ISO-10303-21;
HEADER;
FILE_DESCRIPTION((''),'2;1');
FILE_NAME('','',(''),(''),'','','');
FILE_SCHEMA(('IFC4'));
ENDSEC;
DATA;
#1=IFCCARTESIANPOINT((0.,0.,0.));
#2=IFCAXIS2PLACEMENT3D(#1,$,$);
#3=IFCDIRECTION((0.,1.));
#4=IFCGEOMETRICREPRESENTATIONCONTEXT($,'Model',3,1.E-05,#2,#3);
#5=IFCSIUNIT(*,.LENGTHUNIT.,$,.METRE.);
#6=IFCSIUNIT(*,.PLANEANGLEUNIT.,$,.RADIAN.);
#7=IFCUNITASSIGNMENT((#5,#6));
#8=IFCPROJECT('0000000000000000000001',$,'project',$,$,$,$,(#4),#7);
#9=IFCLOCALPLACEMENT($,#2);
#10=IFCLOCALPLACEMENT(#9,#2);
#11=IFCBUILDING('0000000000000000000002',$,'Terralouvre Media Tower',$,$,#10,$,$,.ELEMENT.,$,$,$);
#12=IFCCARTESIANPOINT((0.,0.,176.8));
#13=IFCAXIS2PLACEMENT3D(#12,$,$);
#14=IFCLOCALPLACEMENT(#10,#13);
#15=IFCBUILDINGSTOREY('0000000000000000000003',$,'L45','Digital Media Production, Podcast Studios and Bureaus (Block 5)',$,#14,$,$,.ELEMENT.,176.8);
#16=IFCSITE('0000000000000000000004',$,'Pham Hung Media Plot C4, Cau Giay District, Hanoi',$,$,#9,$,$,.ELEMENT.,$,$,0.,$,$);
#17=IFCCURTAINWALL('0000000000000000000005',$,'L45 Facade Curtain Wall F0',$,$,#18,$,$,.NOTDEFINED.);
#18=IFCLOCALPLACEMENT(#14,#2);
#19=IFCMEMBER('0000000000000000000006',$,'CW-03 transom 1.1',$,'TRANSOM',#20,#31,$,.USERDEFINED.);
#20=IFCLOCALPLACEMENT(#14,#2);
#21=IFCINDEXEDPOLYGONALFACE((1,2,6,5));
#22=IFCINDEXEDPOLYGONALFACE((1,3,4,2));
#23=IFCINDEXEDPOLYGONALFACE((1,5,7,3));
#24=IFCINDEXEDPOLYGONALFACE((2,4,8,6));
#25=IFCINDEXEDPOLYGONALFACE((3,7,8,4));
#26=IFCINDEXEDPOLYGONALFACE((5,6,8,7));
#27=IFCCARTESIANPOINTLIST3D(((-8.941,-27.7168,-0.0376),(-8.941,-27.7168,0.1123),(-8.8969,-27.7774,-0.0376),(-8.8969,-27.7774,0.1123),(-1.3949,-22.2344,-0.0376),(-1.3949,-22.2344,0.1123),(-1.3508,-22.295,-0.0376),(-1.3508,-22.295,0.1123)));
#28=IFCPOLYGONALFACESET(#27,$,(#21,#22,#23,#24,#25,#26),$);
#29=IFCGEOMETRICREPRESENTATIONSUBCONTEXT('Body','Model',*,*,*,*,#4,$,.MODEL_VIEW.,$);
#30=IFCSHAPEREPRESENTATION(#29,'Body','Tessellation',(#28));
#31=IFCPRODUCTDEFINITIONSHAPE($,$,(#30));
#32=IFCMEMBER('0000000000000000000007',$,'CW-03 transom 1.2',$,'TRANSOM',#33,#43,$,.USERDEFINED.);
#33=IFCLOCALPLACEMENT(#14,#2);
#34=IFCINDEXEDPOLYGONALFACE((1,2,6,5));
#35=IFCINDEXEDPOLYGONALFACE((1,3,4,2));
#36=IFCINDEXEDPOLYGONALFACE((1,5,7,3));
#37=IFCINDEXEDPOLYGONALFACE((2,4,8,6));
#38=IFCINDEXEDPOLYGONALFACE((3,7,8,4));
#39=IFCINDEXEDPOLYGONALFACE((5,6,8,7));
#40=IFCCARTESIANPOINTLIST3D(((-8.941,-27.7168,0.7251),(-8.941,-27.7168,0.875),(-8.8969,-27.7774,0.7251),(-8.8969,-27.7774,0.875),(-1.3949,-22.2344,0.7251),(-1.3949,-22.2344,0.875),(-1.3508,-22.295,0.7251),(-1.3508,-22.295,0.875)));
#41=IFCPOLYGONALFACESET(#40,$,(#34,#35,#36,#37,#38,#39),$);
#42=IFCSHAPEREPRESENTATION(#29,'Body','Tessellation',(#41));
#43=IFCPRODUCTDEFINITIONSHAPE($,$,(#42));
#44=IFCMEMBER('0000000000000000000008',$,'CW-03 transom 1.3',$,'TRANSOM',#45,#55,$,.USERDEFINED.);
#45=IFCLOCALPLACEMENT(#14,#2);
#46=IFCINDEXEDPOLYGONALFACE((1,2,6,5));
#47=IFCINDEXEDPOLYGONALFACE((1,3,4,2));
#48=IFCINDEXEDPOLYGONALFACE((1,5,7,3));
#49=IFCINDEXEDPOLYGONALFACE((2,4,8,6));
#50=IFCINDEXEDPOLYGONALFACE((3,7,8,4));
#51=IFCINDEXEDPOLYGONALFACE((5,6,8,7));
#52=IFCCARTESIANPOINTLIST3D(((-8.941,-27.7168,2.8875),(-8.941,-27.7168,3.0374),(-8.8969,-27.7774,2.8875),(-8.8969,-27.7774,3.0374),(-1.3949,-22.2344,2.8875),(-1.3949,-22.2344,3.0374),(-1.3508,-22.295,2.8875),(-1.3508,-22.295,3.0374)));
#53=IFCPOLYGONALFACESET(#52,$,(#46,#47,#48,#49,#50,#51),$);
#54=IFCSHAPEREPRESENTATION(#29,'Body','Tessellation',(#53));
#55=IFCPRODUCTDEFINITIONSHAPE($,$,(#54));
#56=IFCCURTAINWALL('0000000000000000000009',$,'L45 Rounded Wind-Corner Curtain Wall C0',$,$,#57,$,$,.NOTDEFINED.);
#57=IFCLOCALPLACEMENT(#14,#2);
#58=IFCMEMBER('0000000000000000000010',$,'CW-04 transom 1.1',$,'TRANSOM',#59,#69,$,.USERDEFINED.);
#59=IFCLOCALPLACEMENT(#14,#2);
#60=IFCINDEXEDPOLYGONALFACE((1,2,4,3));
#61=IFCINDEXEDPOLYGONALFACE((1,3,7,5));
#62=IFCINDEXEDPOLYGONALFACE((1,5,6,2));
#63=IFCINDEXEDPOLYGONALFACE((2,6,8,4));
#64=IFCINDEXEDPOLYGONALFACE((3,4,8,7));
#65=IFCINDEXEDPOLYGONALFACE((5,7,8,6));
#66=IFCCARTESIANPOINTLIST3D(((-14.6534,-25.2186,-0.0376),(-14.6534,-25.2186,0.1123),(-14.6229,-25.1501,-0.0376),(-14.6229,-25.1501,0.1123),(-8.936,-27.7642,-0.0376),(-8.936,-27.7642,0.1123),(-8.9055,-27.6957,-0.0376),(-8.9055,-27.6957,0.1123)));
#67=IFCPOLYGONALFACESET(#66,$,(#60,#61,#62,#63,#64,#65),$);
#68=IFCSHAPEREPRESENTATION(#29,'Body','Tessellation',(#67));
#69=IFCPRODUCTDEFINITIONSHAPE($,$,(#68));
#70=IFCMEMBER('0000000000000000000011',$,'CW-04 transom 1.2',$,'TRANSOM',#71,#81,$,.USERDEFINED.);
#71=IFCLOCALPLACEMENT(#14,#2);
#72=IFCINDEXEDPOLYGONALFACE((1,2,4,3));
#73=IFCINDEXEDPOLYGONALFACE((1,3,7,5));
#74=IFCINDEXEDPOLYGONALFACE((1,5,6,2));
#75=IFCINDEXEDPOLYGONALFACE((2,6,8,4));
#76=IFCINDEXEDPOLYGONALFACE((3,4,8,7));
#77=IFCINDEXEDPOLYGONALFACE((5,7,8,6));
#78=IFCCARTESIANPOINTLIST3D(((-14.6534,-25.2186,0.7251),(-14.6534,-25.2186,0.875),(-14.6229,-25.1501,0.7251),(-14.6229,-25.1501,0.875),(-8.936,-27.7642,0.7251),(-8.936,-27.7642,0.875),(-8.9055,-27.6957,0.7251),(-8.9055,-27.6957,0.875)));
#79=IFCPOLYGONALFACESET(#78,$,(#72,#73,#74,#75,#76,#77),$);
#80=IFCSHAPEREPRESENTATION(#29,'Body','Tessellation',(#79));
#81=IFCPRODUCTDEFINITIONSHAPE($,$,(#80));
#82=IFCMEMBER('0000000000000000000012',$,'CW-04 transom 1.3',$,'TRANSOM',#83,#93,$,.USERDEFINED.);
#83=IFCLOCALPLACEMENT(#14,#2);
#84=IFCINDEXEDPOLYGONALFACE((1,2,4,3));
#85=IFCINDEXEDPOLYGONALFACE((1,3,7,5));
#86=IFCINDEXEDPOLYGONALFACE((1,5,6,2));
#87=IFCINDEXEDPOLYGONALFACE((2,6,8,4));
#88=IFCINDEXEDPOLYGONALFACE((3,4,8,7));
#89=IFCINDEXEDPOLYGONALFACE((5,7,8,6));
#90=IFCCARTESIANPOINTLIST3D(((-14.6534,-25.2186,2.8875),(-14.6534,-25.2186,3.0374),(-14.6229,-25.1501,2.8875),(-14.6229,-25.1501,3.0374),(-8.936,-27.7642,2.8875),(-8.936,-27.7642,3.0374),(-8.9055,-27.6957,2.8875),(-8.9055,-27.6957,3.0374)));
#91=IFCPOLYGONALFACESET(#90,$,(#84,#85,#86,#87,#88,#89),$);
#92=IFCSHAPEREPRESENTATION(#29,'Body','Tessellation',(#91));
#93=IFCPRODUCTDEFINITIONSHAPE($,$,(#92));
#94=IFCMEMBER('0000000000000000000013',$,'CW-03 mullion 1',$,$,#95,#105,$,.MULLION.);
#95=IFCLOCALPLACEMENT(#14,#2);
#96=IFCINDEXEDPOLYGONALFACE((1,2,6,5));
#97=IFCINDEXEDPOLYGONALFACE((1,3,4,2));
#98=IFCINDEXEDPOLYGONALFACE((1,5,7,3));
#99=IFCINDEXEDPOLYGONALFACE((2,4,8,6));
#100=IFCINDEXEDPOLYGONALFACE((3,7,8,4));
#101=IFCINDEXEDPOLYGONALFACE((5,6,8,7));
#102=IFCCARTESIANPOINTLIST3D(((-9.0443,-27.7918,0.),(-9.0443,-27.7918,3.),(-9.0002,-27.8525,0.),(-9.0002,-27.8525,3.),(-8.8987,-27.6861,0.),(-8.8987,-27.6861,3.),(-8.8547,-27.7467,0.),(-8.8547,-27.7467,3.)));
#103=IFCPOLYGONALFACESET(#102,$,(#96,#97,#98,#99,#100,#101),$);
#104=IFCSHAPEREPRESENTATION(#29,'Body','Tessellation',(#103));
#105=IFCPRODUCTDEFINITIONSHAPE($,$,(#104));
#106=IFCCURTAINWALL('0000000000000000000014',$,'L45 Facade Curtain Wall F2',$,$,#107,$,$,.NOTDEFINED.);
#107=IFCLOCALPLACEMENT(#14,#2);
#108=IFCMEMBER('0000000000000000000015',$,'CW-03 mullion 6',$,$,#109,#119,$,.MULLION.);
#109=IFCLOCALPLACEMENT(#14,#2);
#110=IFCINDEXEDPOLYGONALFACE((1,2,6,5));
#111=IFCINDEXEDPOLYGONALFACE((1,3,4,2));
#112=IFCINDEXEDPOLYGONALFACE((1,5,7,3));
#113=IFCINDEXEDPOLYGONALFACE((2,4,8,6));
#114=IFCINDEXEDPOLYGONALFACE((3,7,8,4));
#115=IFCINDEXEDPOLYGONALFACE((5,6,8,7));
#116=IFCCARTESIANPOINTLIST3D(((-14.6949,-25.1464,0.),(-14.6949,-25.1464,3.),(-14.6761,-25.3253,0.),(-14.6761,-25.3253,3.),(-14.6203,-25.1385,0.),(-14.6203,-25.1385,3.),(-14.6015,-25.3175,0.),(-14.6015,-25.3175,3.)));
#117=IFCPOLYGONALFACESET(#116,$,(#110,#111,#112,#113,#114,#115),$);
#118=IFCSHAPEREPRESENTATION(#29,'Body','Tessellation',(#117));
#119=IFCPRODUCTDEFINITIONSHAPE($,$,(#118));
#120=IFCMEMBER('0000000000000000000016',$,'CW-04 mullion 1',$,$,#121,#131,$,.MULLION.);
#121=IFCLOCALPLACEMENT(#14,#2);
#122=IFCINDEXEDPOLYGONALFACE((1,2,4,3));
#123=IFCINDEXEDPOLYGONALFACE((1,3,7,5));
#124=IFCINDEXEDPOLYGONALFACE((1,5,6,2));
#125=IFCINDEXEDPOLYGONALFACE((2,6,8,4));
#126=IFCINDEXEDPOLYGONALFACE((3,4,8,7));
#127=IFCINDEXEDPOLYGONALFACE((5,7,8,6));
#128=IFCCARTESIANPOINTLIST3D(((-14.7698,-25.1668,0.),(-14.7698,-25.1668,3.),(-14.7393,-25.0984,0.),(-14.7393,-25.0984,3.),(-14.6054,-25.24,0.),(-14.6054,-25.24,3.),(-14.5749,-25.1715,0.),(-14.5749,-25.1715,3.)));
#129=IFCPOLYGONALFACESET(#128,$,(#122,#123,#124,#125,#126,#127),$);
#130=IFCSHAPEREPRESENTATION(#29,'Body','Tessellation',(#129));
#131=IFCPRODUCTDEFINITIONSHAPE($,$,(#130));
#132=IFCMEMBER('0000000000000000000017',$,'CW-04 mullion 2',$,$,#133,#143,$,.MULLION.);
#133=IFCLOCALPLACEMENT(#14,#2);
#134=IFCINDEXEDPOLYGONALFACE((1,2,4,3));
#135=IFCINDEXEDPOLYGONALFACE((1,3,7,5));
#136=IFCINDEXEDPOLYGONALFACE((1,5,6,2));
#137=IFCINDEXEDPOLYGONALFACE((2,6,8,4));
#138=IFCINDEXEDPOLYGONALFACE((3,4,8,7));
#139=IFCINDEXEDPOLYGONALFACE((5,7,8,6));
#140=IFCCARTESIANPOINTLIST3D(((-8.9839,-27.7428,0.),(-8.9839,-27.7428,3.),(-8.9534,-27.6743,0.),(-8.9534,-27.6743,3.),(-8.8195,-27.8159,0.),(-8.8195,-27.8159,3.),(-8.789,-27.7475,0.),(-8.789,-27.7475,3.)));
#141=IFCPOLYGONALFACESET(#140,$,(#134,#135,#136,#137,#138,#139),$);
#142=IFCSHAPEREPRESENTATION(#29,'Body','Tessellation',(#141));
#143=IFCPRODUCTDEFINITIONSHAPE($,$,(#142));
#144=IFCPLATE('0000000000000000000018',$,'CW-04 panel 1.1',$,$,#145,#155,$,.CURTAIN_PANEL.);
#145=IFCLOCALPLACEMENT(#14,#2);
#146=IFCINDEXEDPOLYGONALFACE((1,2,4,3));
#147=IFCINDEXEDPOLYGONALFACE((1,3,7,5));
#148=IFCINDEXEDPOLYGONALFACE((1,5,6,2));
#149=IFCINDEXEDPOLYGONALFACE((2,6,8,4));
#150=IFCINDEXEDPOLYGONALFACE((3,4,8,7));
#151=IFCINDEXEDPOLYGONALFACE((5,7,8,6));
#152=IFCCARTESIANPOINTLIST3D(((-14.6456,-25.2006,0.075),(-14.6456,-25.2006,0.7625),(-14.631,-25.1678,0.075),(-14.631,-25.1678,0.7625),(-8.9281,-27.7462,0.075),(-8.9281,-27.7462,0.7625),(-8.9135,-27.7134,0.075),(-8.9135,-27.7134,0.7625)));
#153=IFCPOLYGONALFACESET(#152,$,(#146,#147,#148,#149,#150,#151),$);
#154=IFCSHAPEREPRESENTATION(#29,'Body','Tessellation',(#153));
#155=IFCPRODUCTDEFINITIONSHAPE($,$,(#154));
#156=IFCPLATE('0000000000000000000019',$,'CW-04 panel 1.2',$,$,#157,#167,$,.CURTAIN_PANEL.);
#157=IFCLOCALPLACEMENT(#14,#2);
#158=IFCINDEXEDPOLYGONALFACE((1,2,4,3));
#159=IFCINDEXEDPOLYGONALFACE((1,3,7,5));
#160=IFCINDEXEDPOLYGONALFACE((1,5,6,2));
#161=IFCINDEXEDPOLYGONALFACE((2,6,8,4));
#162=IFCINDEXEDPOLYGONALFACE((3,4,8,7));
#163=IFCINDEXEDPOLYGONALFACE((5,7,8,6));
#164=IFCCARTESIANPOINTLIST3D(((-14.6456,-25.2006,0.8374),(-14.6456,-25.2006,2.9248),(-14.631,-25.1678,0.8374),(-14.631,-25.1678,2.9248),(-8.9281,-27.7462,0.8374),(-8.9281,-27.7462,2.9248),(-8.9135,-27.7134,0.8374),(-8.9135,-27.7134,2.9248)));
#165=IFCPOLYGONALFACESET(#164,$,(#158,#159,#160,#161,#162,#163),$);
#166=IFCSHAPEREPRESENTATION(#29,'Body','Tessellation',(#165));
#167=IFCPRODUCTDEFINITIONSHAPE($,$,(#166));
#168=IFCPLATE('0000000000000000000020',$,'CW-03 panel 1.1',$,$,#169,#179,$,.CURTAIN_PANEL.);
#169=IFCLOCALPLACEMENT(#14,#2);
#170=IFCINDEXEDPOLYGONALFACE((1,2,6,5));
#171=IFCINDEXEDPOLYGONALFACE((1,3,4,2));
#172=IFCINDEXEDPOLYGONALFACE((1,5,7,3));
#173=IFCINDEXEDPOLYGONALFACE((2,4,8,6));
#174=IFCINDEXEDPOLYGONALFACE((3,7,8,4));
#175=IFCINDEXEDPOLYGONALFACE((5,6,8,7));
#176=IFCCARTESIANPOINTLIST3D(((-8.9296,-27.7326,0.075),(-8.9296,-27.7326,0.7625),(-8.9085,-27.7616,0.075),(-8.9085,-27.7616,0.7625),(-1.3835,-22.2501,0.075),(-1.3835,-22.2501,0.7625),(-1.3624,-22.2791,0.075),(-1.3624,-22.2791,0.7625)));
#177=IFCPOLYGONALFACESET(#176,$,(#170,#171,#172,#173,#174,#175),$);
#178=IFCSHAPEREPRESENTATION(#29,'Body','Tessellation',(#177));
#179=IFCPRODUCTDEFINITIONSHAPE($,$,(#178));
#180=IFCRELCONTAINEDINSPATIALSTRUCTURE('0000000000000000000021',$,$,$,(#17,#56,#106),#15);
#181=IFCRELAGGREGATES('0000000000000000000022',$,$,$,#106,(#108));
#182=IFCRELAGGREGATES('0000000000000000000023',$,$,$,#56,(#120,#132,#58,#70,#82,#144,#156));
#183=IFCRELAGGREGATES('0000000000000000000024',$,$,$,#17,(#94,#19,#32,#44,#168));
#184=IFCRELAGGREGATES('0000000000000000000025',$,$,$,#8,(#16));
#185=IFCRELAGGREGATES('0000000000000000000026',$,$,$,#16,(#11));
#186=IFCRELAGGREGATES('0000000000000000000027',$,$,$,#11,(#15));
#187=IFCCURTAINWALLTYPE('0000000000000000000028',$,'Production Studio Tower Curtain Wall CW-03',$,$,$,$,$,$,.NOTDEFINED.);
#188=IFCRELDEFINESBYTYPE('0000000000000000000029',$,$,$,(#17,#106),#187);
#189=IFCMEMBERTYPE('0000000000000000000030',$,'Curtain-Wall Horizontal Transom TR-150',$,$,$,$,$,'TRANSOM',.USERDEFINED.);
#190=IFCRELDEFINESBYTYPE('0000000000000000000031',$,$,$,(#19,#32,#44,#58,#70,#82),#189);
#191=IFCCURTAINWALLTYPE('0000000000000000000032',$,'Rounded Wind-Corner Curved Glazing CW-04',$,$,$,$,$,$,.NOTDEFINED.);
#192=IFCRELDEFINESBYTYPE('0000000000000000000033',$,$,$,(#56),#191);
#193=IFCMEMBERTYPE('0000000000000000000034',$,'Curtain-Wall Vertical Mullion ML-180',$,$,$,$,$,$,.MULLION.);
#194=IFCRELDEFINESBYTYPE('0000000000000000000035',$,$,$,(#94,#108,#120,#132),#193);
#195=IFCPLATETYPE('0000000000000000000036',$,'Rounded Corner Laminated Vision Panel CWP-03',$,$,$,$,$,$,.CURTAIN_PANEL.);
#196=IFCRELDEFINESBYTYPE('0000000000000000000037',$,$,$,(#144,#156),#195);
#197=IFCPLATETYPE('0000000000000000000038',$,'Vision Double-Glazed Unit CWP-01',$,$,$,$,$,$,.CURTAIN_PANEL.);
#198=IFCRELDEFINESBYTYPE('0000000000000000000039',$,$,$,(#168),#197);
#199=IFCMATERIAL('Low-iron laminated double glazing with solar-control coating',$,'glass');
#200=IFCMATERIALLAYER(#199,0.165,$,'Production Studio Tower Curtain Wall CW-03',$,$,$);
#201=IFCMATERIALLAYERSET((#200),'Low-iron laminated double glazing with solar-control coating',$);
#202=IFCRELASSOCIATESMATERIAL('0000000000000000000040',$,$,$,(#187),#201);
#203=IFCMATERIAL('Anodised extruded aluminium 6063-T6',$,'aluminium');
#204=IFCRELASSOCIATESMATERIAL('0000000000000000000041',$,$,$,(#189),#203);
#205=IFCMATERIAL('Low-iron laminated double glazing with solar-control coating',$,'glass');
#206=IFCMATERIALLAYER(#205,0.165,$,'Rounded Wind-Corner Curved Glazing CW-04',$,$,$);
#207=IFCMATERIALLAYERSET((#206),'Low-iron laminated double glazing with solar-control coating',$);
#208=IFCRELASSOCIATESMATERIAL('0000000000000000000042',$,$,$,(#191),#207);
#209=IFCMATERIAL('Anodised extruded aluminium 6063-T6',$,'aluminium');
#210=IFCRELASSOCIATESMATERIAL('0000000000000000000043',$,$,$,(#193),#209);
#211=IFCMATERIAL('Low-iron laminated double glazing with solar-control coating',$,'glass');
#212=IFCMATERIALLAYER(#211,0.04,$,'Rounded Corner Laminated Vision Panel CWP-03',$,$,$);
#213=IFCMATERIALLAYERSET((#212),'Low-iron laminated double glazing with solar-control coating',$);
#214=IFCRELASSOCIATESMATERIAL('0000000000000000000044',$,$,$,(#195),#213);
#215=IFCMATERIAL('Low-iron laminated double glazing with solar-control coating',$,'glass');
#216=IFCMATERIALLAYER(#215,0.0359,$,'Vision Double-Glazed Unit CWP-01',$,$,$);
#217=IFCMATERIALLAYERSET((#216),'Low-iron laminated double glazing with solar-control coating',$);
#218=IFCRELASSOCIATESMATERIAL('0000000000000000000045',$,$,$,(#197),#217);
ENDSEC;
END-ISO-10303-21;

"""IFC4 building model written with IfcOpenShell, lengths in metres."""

from ifc_helpers import new_model, si_unit, direction, frame, origin, origin_2d, place, context, subcontext, project, spatial, rectangle, extrude, material, layer, layer_set, material_profile, profile_set, type_object, element, aggregate, save


model = new_model("IFC4")

# Units and contexts
model_context = context("Model", 3, precision=1e-05, world=origin(), true_north=direction((0.0, 1.0)))
body_context = subcontext(model_context, "Body", "Model", "MODEL_VIEW")
ifc_project = project(units=[si_unit("LENGTHUNIT", "METRE"), si_unit("PLANEANGLEUNIT", "RADIAN")], contexts=[model_context])

# Site, building, storey
site_placement = place(None, origin())
site = spatial("IfcSite", under=ifc_project, at=site_placement, Name="Pham Hung Media Plot C4, Cau Giay District, Hanoi", CompositionType="ELEMENT", RefElevation=0.0)
building_placement = place(site_placement, origin())
building = spatial("IfcBuilding", under=site, at=building_placement, Name="Terralouvre Media Tower", CompositionType="ELEMENT")
storey_placement = place(building_placement, frame((0.0, 0.0, 176.8)))
storey = spatial("IfcBuildingStorey", under=building, at=storey_placement, Name="L45", Description="Digital Media Production, Podcast Studios and Bureaus (Block 5)", CompositionType="ELEMENT", Elevation=176.8)

# Curtain walls, members
ifc_material_1 = material(Name="Low-iron laminated double glazing with solar-control coating", Category="glass")
ifc_layer_1 = layer(ifc_material_1, 0.165, Name="Production Studio Tower Curtain Wall CW-03")
ifc_layer_set_1 = layer_set([ifc_layer_1], Name="Low-iron laminated double glazing with solar-control coating")
curtain_wall_type_1 = type_object("IfcCurtainWallType", Name="Production Studio Tower Curtain Wall CW-03", PredefinedType="NOTDEFINED", material=ifc_layer_set_1)
curtain_wall_1_placement = place(storey_placement, origin())
curtain_wall_1 = element("IfcCurtainWall", 1, at=curtain_wall_1_placement, inside=storey, type_object=curtain_wall_type_1, Name="L45 Facade Curtain Wall F0", PredefinedType="NOTDEFINED")
ifc_material_2 = material(Name="Anodised extruded aluminium 6063-T6", Category="aluminium")
ifc_material_profile_1 = material_profile(ifc_material_2, rectangle(XDim=0.075, YDim=0.1499, at=origin_2d()), Name="ALU 75x150")
ifc_profile_set_1 = profile_set([ifc_material_profile_1], Name="Anodised extruded aluminium 6063-T6")
member_type_1 = type_object("IfcMemberType", Name="Curtain-Wall Horizontal Transom TR-150", ElementType="TRANSOM", PredefinedType="USERDEFINED", material=ifc_profile_set_1)
member_1_placement = place(storey_placement, frame((-8.9189, -27.7471, 0.0374), z_axis=(0.809026, 0.587773, 0.0), x_axis=(-0.587773, 0.809026, 0.0)))
member_1 = element("IfcMember", 2, at=member_1_placement, type_object=member_type_1, Name="CW-03 transom 1.1", ObjectType="TRANSOM", PredefinedType="USERDEFINED", context=body_context, shape_type="SweptSolid", body=[
    extrude(rectangle(XDim=0.075, YDim=0.1499, at=origin_2d()), origin(), (0.0, 0.0, 1.0), 9.3274),
])
member_2_placement = place(storey_placement, frame((-8.9189, -27.7471, 0.8), z_axis=(0.809026, 0.587773, 0.0), x_axis=(-0.587773, 0.809026, 0.0)))
member_2 = element("IfcMember", 3, at=member_2_placement, type_object=member_type_1, Name="CW-03 transom 1.2", ObjectType="TRANSOM", PredefinedType="USERDEFINED", context=body_context, shape_type="SweptSolid", body=[
    extrude(rectangle(XDim=0.075, YDim=0.1499, at=origin_2d()), origin(), (0.0, 0.0, 1.0), 9.3274),
])
member_3_placement = place(storey_placement, frame((-8.9189, -27.7471, 2.9624), z_axis=(0.809026, 0.587773, 0.0), x_axis=(-0.587773, 0.809026, 0.0)))
member_3 = element("IfcMember", 4, at=member_3_placement, type_object=member_type_1, Name="CW-03 transom 1.3", ObjectType="TRANSOM", PredefinedType="USERDEFINED", context=body_context, shape_type="SweptSolid", body=[
    extrude(rectangle(XDim=0.075, YDim=0.1499, at=origin_2d()), origin(), (0.0, 0.0, 1.0), 9.3274),
])
ifc_material_3 = material(Name="Low-iron laminated double glazing with solar-control coating", Category="glass")
ifc_layer_2 = layer(ifc_material_3, 0.165, Name="Rounded Wind-Corner Curved Glazing CW-04")
ifc_layer_set_2 = layer_set([ifc_layer_2], Name="Low-iron laminated double glazing with solar-control coating")
curtain_wall_type_2 = type_object("IfcCurtainWallType", Name="Rounded Wind-Corner Curved Glazing CW-04", PredefinedType="NOTDEFINED", material=ifc_layer_set_2)
curtain_wall_2_placement = place(storey_placement, origin())
curtain_wall_2 = element("IfcCurtainWall", 5, at=curtain_wall_2_placement, inside=storey, type_object=curtain_wall_type_2, Name="L45 Rounded Wind-Corner Curtain Wall C0", PredefinedType="NOTDEFINED")
member_4_placement = place(storey_placement, frame((-14.6382, -25.1843, 0.0374), z_axis=(0.913543, -0.406743, 0.0), x_axis=(0.406743, 0.913543, 0.0)))
member_4 = element("IfcMember", 6, at=member_4_placement, type_object=member_type_1, Name="CW-04 transom 1.1", ObjectType="TRANSOM", PredefinedType="USERDEFINED", context=body_context, shape_type="SweptSolid", body=[
    extrude(rectangle(XDim=0.075, YDim=0.1499, at=origin_2d()), origin(), (0.0, 0.0, 1.0), 6.2585),
])
member_5_placement = place(storey_placement, frame((-14.6382, -25.1843, 0.8), z_axis=(0.913543, -0.406743, 0.0), x_axis=(0.406743, 0.913543, 0.0)))
member_5 = element("IfcMember", 7, at=member_5_placement, type_object=member_type_1, Name="CW-04 transom 1.2", ObjectType="TRANSOM", PredefinedType="USERDEFINED", context=body_context, shape_type="SweptSolid", body=[
    extrude(rectangle(XDim=0.075, YDim=0.1499, at=origin_2d()), origin(), (0.0, 0.0, 1.0), 6.2585),
])
member_6_placement = place(storey_placement, frame((-14.6382, -25.1843, 2.9624), z_axis=(0.913543, -0.406743, 0.0), x_axis=(0.406743, 0.913543, 0.0)))
member_6 = element("IfcMember", 8, at=member_6_placement, type_object=member_type_1, Name="CW-04 transom 1.3", ObjectType="TRANSOM", PredefinedType="USERDEFINED", context=body_context, shape_type="SweptSolid", body=[
    extrude(rectangle(XDim=0.075, YDim=0.1499, at=origin_2d()), origin(), (0.0, 0.0, 1.0), 6.2585),
])

# Member
ifc_material_4 = material(Name="Anodised extruded aluminium 6063-T6", Category="aluminium")
ifc_material_profile_2 = material_profile(ifc_material_4, rectangle(XDim=0.075, YDim=0.1799, at=origin_2d()), Name="ALU 75x180")
ifc_profile_set_2 = profile_set([ifc_material_profile_2], Name="Anodised extruded aluminium 6063-T6")
member_type_2 = type_object("IfcMemberType", Name="Curtain-Wall Vertical Mullion ML-180", PredefinedType="MULLION", material=ifc_profile_set_2)
member_7_placement = place(storey_placement, frame((-8.9495, -27.7693, 0.0), z_axis=(0.0, 0.0, 1.0), x_axis=(-0.587785, 0.809017, 0.0)))
member_7 = element("IfcMember", 9, at=member_7_placement, type_object=member_type_2, Name="CW-03 mullion 1", PredefinedType="MULLION", context=body_context, shape_type="SweptSolid", body=[
    extrude(rectangle(XDim=0.075, YDim=0.1799, at=origin_2d()), origin(), (0.0, 0.0, 1.0), 3.0),
])

# Curtain wall, member
curtain_wall_3_placement = place(storey_placement, origin())
curtain_wall_3 = element("IfcCurtainWall", 10, at=curtain_wall_3_placement, inside=storey, type_object=curtain_wall_type_1, Name="L45 Facade Curtain Wall F2", PredefinedType="NOTDEFINED")
member_8_placement = place(storey_placement, frame((-14.6482, -25.2319, 0.0), z_axis=(0.0, 0.0, 1.0), x_axis=(0.994522, 0.104528, 0.0)))
member_8 = element("IfcMember", 11, at=member_8_placement, type_object=member_type_2, Name="CW-03 mullion 6", PredefinedType="MULLION", context=body_context, shape_type="SweptSolid", body=[
    extrude(rectangle(XDim=0.075, YDim=0.1799, at=origin_2d()), origin(), (0.0, 0.0, 1.0), 3.0),
])
aggregate(curtain_wall_3, [member_8])

# Members
member_9_placement = place(storey_placement, frame((-14.6724, -25.1692, 0.0), z_axis=(0.0, 0.0, 1.0), x_axis=(0.406737, 0.913545, 0.0)))
member_9 = element("IfcMember", 12, at=member_9_placement, type_object=member_type_2, Name="CW-04 mullion 1", PredefinedType="MULLION", context=body_context, shape_type="SweptSolid", body=[
    extrude(rectangle(XDim=0.075, YDim=0.1799, at=origin_2d()), origin(), (0.0, 0.0, 1.0), 3.0),
])
member_10_placement = place(storey_placement, frame((-8.8865, -27.7451, 0.0), z_axis=(0.0, 0.0, 1.0), x_axis=(0.406737, 0.913545, 0.0)))
member_10 = element("IfcMember", 13, at=member_10_placement, type_object=member_type_2, Name="CW-04 mullion 2", PredefinedType="MULLION", context=body_context, shape_type="SweptSolid", body=[
    extrude(rectangle(XDim=0.075, YDim=0.1799, at=origin_2d()), origin(), (0.0, 0.0, 1.0), 3.0),
])

# Plates
ifc_material_5 = material(Name="Low-iron laminated double glazing with solar-control coating", Category="glass")
ifc_layer_3 = layer(ifc_material_5, 0.04, Name="Rounded Corner Laminated Vision Panel CWP-03")
ifc_layer_set_3 = layer_set([ifc_layer_3], Name="Low-iron laminated double glazing with solar-control coating")
plate_type_1 = type_object("IfcPlateType", Name="Rounded Corner Laminated Vision Panel CWP-03", PredefinedType="CURTAIN_PANEL", material=ifc_layer_set_3)
plate_1_placement = place(storey_placement, frame((-11.7795, -26.457, 0.075), z_axis=(0.0, 0.0, 1.0), x_axis=(0.913545, -0.406737, 0.0)))
plate_1 = element("IfcPlate", 14, at=plate_1_placement, type_object=plate_type_1, Name="CW-04 panel 1.1", PredefinedType="CURTAIN_PANEL", context=body_context, shape_type="SweptSolid", body=[
    extrude(rectangle(XDim=6.2585, YDim=0.0359, at=origin_2d()), origin(), (0.0, 0.0, 1.0), 0.6875),
])
plate_2_placement = place(storey_placement, frame((-11.7795, -26.457, 0.8374), z_axis=(0.0, 0.0, 1.0), x_axis=(0.913545, -0.406737, 0.0)))
plate_2 = element("IfcPlate", 15, at=plate_2_placement, type_object=plate_type_1, Name="CW-04 panel 1.2", PredefinedType="CURTAIN_PANEL", context=body_context, shape_type="SweptSolid", body=[
    extrude(rectangle(XDim=6.2585, YDim=0.0359, at=origin_2d()), origin(), (0.0, 0.0, 1.0), 2.0874),
])
aggregate(curtain_wall_2, [member_9, member_10, member_4, member_5, member_6, plate_1, plate_2])
ifc_material_6 = material(Name="Low-iron laminated double glazing with solar-control coating", Category="glass")
ifc_layer_4 = layer(ifc_material_6, 0.0359, Name="Vision Double-Glazed Unit CWP-01")
ifc_layer_set_4 = layer_set([ifc_layer_4], Name="Low-iron laminated double glazing with solar-control coating")
plate_type_2 = type_object("IfcPlateType", Name="Vision Double-Glazed Unit CWP-01", PredefinedType="CURTAIN_PANEL", material=ifc_layer_set_4)
plate_3_placement = place(storey_placement, frame((-5.146, -25.0059, 0.075), z_axis=(0.0, 0.0, 1.0), x_axis=(0.809017, 0.587785, 0.0)))
plate_3 = element("IfcPlate", 16, at=plate_3_placement, type_object=plate_type_2, Name="CW-03 panel 1.1", PredefinedType="CURTAIN_PANEL", context=body_context, shape_type="SweptSolid", body=[
    extrude(rectangle(XDim=9.3274, YDim=0.0359, at=origin_2d()), origin(), (0.0, 0.0, 1.0), 0.6875),
])
aggregate(curtain_wall_1, [member_7, member_1, member_2, member_3, plate_3])

save(model, "model.ifc")
